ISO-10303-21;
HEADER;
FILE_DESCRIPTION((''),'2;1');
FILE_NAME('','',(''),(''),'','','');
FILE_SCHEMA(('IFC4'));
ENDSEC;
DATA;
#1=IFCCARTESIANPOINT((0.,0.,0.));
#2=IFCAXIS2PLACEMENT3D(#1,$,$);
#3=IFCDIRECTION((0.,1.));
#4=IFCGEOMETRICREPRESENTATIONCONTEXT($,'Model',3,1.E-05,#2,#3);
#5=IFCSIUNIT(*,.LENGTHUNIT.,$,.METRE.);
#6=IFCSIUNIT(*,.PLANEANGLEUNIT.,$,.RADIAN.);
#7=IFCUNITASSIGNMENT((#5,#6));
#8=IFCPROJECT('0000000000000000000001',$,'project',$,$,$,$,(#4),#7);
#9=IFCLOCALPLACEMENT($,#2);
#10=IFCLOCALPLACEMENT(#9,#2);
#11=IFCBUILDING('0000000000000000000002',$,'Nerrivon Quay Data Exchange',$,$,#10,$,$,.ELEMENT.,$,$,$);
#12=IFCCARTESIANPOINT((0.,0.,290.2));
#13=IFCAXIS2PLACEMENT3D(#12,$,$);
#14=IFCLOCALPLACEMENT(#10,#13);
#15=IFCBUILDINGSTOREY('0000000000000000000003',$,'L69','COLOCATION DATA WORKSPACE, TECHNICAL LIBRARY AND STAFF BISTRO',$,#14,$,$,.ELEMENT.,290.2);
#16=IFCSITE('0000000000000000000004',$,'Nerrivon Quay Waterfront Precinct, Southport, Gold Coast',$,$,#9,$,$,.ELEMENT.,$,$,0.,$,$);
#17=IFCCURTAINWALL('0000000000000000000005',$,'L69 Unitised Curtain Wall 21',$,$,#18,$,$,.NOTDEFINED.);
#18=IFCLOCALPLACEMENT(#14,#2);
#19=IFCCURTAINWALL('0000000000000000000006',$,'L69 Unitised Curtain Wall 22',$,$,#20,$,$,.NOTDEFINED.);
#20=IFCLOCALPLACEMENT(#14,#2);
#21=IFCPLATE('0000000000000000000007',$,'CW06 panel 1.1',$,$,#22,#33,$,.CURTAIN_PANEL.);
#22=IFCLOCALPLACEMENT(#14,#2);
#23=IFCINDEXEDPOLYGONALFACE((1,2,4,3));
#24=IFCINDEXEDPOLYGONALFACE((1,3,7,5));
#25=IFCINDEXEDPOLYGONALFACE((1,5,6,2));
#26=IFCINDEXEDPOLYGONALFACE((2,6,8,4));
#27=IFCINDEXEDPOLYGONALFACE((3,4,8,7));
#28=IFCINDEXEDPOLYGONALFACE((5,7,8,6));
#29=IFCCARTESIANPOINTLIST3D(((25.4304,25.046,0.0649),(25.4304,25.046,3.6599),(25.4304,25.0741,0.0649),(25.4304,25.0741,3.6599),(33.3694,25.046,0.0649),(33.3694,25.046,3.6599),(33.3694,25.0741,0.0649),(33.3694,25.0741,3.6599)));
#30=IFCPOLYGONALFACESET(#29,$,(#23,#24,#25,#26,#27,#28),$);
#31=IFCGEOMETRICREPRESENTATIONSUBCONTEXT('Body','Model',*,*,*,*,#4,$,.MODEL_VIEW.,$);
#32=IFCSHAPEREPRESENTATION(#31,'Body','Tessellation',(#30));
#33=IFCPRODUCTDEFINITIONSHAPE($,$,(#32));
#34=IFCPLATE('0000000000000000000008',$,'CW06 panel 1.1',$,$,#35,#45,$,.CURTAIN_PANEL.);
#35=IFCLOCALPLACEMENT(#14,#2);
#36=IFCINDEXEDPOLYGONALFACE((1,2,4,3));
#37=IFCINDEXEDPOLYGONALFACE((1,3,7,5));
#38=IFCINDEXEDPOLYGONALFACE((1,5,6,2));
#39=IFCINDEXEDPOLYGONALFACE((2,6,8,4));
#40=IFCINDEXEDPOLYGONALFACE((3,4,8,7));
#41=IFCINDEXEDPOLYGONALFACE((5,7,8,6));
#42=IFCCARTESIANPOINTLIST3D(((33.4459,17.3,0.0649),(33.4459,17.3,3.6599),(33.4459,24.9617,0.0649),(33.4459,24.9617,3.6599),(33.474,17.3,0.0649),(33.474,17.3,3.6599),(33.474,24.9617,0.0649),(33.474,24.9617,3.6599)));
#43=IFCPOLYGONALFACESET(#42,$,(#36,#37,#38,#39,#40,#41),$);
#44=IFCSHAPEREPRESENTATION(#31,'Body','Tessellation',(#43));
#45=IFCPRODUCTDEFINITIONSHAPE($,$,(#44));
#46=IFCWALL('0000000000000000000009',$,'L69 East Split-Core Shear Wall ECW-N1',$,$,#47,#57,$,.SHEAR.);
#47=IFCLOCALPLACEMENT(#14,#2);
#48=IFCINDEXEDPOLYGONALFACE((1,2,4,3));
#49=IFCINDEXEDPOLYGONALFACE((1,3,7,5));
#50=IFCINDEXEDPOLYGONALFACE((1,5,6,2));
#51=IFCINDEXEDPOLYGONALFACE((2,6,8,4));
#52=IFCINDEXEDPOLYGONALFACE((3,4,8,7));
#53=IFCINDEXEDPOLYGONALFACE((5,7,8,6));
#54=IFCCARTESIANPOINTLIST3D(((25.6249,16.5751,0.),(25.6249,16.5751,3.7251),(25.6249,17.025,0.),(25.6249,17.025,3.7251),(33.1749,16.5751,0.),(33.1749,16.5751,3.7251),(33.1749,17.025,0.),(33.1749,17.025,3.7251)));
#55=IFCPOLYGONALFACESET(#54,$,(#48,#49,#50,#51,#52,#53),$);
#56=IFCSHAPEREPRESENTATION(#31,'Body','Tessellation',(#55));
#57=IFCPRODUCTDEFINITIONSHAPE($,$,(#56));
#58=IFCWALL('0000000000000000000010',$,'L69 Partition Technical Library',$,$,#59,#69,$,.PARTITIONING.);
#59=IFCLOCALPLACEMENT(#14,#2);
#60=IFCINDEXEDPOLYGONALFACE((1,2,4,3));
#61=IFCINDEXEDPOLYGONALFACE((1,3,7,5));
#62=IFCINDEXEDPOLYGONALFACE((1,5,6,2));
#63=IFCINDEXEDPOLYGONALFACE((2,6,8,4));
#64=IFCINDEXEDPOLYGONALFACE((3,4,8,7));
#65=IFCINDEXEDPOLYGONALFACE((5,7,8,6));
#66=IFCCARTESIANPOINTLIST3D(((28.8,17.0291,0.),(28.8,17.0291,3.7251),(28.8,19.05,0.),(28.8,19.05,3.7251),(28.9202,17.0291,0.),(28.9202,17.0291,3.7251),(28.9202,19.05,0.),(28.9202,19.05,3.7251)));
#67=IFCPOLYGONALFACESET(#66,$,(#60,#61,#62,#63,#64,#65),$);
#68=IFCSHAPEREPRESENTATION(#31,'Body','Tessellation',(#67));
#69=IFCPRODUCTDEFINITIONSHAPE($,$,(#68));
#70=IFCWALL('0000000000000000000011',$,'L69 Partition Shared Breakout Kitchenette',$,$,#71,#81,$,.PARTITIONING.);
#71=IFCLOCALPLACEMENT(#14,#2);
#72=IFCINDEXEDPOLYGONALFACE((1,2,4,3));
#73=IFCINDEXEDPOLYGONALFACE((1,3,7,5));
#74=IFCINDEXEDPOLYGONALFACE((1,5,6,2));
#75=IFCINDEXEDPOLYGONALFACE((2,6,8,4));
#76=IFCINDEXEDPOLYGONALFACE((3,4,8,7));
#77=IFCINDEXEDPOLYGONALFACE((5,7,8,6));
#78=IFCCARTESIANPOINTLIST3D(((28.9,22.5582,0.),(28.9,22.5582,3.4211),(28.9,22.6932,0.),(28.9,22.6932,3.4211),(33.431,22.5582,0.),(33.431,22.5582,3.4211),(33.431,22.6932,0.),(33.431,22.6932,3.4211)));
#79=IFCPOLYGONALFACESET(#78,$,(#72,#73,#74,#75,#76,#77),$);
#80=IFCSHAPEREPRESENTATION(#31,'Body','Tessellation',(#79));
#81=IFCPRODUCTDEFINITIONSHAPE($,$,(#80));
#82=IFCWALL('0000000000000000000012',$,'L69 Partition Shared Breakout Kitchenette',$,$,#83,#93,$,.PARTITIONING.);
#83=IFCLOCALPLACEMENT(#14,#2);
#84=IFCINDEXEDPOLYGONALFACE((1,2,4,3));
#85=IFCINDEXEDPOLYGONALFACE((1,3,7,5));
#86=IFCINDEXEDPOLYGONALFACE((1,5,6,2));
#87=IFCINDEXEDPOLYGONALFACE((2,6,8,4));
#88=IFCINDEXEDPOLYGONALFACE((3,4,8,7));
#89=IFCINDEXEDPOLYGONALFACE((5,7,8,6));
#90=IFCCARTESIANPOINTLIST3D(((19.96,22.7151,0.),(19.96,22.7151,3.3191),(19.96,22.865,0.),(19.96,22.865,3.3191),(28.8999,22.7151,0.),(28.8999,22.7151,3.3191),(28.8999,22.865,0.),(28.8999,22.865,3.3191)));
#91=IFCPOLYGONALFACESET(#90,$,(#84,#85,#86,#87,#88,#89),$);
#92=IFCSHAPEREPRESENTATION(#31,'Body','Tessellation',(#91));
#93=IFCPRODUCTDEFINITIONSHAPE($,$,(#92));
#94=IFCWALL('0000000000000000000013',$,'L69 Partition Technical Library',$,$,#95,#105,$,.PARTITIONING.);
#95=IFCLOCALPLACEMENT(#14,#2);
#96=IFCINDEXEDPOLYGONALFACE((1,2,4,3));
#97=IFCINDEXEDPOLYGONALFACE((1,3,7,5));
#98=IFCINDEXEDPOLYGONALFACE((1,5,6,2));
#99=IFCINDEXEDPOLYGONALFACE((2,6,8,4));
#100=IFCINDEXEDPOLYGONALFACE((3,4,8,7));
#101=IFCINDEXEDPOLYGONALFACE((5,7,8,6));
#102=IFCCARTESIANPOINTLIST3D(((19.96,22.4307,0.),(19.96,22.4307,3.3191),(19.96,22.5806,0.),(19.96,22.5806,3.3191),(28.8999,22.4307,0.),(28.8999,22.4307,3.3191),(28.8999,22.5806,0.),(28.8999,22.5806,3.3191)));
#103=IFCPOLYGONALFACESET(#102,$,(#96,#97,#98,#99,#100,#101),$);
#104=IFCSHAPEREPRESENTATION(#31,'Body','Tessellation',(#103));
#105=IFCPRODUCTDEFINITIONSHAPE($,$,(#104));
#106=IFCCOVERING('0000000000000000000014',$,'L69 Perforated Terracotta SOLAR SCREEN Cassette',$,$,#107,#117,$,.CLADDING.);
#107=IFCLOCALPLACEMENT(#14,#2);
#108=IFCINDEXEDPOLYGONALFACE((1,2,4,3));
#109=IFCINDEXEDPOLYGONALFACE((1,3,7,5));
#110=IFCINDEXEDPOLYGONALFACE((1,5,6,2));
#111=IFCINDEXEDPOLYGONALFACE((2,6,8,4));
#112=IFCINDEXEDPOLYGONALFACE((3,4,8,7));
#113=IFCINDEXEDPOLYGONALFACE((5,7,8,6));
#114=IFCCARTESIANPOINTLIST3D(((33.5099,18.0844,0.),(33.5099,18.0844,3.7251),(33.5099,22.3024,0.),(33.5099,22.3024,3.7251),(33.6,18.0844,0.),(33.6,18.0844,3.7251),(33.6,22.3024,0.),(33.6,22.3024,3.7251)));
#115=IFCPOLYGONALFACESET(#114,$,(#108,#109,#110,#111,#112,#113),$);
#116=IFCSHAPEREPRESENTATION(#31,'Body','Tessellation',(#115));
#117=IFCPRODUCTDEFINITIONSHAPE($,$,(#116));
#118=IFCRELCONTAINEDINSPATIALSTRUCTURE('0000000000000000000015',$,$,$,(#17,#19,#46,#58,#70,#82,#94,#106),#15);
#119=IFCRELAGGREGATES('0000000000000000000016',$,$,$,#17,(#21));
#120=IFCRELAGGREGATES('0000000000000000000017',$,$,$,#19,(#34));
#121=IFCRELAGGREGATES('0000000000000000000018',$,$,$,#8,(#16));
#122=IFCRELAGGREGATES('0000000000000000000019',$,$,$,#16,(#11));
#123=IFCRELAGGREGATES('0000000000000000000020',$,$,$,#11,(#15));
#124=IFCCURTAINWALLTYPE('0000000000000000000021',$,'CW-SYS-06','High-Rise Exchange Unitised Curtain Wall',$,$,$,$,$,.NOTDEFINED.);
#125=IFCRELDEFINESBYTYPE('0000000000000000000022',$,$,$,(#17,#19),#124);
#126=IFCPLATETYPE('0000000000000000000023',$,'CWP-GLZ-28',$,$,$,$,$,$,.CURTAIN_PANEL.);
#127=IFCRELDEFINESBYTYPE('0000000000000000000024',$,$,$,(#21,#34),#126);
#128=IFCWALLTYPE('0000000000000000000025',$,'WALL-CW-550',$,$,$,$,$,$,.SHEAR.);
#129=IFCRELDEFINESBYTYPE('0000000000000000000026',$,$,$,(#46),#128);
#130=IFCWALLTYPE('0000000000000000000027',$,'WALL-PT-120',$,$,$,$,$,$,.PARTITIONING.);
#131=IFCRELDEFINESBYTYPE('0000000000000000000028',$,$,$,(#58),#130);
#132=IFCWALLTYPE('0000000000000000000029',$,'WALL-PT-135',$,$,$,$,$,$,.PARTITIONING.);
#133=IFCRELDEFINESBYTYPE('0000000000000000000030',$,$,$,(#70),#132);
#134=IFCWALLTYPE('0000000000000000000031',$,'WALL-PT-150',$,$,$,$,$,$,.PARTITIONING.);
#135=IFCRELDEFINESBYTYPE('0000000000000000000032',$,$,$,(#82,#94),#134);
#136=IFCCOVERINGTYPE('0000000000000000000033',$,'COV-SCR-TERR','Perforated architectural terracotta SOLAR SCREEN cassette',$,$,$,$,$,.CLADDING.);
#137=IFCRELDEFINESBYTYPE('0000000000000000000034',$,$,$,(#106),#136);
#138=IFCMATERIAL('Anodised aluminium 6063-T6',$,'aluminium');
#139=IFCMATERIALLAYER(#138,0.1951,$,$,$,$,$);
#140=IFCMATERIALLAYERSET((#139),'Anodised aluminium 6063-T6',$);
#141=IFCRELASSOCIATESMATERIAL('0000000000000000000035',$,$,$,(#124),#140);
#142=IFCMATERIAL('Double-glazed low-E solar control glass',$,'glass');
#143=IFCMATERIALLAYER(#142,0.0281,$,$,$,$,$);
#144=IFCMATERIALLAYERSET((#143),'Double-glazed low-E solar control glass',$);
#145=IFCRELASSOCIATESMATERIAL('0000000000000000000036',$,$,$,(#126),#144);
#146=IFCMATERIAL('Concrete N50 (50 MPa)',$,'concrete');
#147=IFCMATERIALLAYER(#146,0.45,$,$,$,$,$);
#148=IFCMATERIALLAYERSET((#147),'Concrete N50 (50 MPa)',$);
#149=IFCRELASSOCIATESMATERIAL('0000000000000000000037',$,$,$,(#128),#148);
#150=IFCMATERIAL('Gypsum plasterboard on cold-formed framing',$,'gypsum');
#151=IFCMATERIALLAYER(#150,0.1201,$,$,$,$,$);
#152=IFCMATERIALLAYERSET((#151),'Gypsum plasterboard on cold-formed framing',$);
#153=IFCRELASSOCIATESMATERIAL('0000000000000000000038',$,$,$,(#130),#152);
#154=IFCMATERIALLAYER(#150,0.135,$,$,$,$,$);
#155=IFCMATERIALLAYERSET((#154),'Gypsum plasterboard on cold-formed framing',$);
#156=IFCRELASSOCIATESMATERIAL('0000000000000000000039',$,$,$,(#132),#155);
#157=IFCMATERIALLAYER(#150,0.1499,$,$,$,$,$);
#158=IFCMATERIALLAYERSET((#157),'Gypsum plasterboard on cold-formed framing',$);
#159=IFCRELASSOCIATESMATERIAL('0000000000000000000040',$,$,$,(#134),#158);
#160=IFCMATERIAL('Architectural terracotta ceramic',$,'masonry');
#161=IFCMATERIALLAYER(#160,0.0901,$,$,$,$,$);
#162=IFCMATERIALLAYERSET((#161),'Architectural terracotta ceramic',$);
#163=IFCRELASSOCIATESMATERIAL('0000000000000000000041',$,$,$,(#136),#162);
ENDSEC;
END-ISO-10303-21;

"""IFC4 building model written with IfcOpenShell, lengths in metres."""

from ifc_helpers import new_model, si_unit, direction, frame, frame_2d, origin, origin_2d, place, context, subcontext, project, spatial, rectangle, extrude, material, layer, layer_set, type_object, element, aggregate, save


model = new_model("IFC4")

# Units and contexts
model_context = context("Model", 3, precision=1e-05, world=origin(), true_north=direction((0.0, 1.0)))
body_context = subcontext(model_context, "Body", "Model", "MODEL_VIEW")
ifc_project = project(units=[si_unit("LENGTHUNIT", "METRE"), si_unit("PLANEANGLEUNIT", "RADIAN")], contexts=[model_context])

# Site, building, storey
site_placement = place(None, origin())
site = spatial("IfcSite", under=ifc_project, at=site_placement, Name="Nerrivon Quay Waterfront Precinct, Southport, Gold Coast", CompositionType="ELEMENT", RefElevation=0.0)
building_placement = place(site_placement, origin())
building = spatial("IfcBuilding", under=site, at=building_placement, Name="Nerrivon Quay Data Exchange", CompositionType="ELEMENT")
storey_placement = place(building_placement, frame((0.0, 0.0, 290.2)))
storey = spatial("IfcBuildingStorey", under=building, at=storey_placement, Name="L69", Description="COLOCATION DATA WORKSPACE, TECHNICAL LIBRARY AND STAFF BISTRO", CompositionType="ELEMENT", Elevation=290.2)

# Curtain wall
ifc_material_1 = material(Name="Anodised aluminium 6063-T6", Category="aluminium")
ifc_layer_1 = layer(ifc_material_1, 0.1951)
ifc_layer_set_1 = layer_set([ifc_layer_1], Name="Anodised aluminium 6063-T6")
curtain_wall_type = type_object("IfcCurtainWallType", Name="CW-SYS-06", Description="High-Rise Exchange Unitised Curtain Wall", PredefinedType="NOTDEFINED", material=ifc_layer_set_1)
curtain_wall_1_placement = place(storey_placement, origin())
curtain_wall_1 = element("IfcCurtainWall", 1, at=curtain_wall_1_placement, inside=storey, type_object=curtain_wall_type, Name="L69 Unitised Curtain Wall 21", PredefinedType="NOTDEFINED")

# Curtain wall
curtain_wall_2_placement = place(storey_placement, origin())
curtain_wall_2 = element("IfcCurtainWall", 2, at=curtain_wall_2_placement, inside=storey, type_object=curtain_wall_type, Name="L69 Unitised Curtain Wall 22", PredefinedType="NOTDEFINED")

# Plates
ifc_material_2 = material(Name="Double-glazed low-E solar control glass", Category="glass")
ifc_layer_2 = layer(ifc_material_2, 0.0281)
ifc_layer_set_2 = layer_set([ifc_layer_2], Name="Double-glazed low-E solar control glass")
plate_type = type_object("IfcPlateType", Name="CWP-GLZ-28", PredefinedType="CURTAIN_PANEL", material=ifc_layer_set_2)
plate_1_placement = place(storey_placement, frame((29.3999, 25.0601, 0.0649), z_axis=(0.0, 0.0, 1.0), x_axis=(1.0, 0.0, 0.0)))
plate_1 = element("IfcPlate", 3, at=plate_1_placement, type_object=plate_type, Name="CW06 panel 1.1", PredefinedType="CURTAIN_PANEL", context=body_context, shape_type="SweptSolid", body=[
    extrude(rectangle(XDim=7.939, YDim=0.0281, at=origin_2d()), origin(), (0.0, 0.0, 1.0), 3.595),
])
aggregate(curtain_wall_1, [plate_1])
plate_2_placement = place(storey_placement, frame((33.46, 21.1309, 0.0649), z_axis=(0.0, 0.0, 1.0), x_axis=(0.0, -1.0, 0.0)))
plate_2 = element("IfcPlate", 4, at=plate_2_placement, type_object=plate_type, Name="CW06 panel 1.1", PredefinedType="CURTAIN_PANEL", context=body_context, shape_type="SweptSolid", body=[
    extrude(rectangle(XDim=7.6616, YDim=0.0281, at=origin_2d()), origin(), (0.0, 0.0, 1.0), 3.595),
])
aggregate(curtain_wall_2, [plate_2])

# Wall
ifc_material_3 = material(Name="Concrete N50 (50 MPa)", Category="concrete")
ifc_layer_3 = layer(ifc_material_3, 0.45)
ifc_layer_set_3 = layer_set([ifc_layer_3], Name="Concrete N50 (50 MPa)")
wall_type_1 = type_object("IfcWallType", Name="WALL-CW-550", PredefinedType="SHEAR", material=ifc_layer_set_3)
wall_1_placement = place(storey_placement, frame((25.625, 16.8, 0.0), z_axis=(0.0, 0.0, 1.0), x_axis=(1.0, 0.0, 0.0)))
element("IfcWall", 5, at=wall_1_placement, inside=storey, type_object=wall_type_1, Name="L69 East Split-Core Shear Wall ECW-N1", PredefinedType="SHEAR", context=body_context, shape_type="SweptSolid", body=[
    extrude(rectangle(XDim=7.55, YDim=0.45, at=frame_2d((3.7749, 0.0))), origin(), (0.0, 0.0, 1.0), 3.7251),
])

# Shared definitions
ifc_material_4 = material(Name="Gypsum plasterboard on cold-formed framing", Category="gypsum")
ifc_layer_4 = layer(ifc_material_4, 0.1201)
ifc_layer_set_4 = layer_set([ifc_layer_4], Name="Gypsum plasterboard on cold-formed framing")
wall_type_2 = type_object("IfcWallType", Name="WALL-PT-120", PredefinedType="PARTITIONING", material=ifc_layer_set_4)

# Walls
wall_2_placement = place(storey_placement, frame((28.8601, 19.05, 0.0), z_axis=(0.0, 0.0, 1.0), x_axis=(0.0, -1.0, 0.0)))
element("IfcWall", 6, at=wall_2_placement, inside=storey, type_object=wall_type_2, Name="L69 Partition Technical Library", PredefinedType="PARTITIONING", context=body_context, shape_type="SweptSolid", body=[
    extrude(rectangle(XDim=2.021, YDim=0.1201, at=frame_2d((1.0105, 0.0))), origin(), (0.0, 0.0, 1.0), 3.7251),
])
ifc_layer_5 = layer(ifc_material_4, 0.135)
ifc_layer_set_5 = layer_set([ifc_layer_5], Name="Gypsum plasterboard on cold-formed framing")
wall_type_3 = type_object("IfcWallType", Name="WALL-PT-135", PredefinedType="PARTITIONING", material=ifc_layer_set_5)
wall_3_placement = place(storey_placement, frame((28.8999, 22.6257, 0.0), z_axis=(0.0, 0.0, 1.0), x_axis=(1.0, 0.0, 0.0)))
element("IfcWall", 7, at=wall_3_placement, inside=storey, type_object=wall_type_3, Name="L69 Partition Shared Breakout Kitchenette", PredefinedType="PARTITIONING", context=body_context, shape_type="SweptSolid", body=[
    extrude(rectangle(XDim=4.531, YDim=0.135, at=frame_2d((2.2656, 0.0))), origin(), (0.0, 0.0, 1.0), 3.4211),
])
ifc_layer_6 = layer(ifc_material_4, 0.1499)
ifc_layer_set_6 = layer_set([ifc_layer_6], Name="Gypsum plasterboard on cold-formed framing")
wall_type_4 = type_object("IfcWallType", Name="WALL-PT-150", PredefinedType="PARTITIONING", material=ifc_layer_set_6)
for number, where, z_axis, x_axis, name in (
    (8, (28.8999, 22.79, 0.0), (0.0, 0.0, 1.0), (-1.0, 0.0, 0.0), "L69 Partition Shared Breakout Kitchenette"),
    (9, (28.8999, 22.5056, 0.0), (0.0, 0.0, 1.0), (-1.0, 0.0, 0.0), "L69 Partition Technical Library"),
):
    element("IfcWall", number, at=place(storey_placement, frame(where, z_axis=z_axis, x_axis=x_axis)), inside=storey, type_object=wall_type_4, Name=name, PredefinedType="PARTITIONING", context=body_context, shape_type="SweptSolid", body=[
        extrude(rectangle(XDim=8.9399, YDim=0.1499, at=frame_2d((4.47, 0.0))), origin(), (0.0, 0.0, 1.0), 3.3191),
    ])

# Covering
ifc_material_5 = material(Name="Architectural terracotta ceramic", Category="masonry")
ifc_layer_7 = layer(ifc_material_5, 0.0901)
ifc_layer_set_7 = layer_set([ifc_layer_7], Name="Architectural terracotta ceramic")
covering_type = type_object("IfcCoveringType", Name="COV-SCR-TERR", Description="Perforated architectural terracotta SOLAR SCREEN cassette", PredefinedType="CLADDING", material=ifc_layer_set_7)
covering_placement = place(storey_placement, frame((33.5549, 20.1934, 0.0), z_axis=(0.0, 0.0, 1.0), x_axis=(0.0, -1.0, 0.0)))
element("IfcCovering", 10, at=covering_placement, inside=storey, type_object=covering_type, Name="L69 Perforated Terracotta SOLAR SCREEN Cassette", PredefinedType="CLADDING", context=body_context, shape_type="SweptSolid", body=[
    extrude(rectangle(XDim=4.218, YDim=0.0901, at=origin_2d()), origin(), (0.0, 0.0, 1.0), 3.7251),
])

save(model, "model.ifc")
